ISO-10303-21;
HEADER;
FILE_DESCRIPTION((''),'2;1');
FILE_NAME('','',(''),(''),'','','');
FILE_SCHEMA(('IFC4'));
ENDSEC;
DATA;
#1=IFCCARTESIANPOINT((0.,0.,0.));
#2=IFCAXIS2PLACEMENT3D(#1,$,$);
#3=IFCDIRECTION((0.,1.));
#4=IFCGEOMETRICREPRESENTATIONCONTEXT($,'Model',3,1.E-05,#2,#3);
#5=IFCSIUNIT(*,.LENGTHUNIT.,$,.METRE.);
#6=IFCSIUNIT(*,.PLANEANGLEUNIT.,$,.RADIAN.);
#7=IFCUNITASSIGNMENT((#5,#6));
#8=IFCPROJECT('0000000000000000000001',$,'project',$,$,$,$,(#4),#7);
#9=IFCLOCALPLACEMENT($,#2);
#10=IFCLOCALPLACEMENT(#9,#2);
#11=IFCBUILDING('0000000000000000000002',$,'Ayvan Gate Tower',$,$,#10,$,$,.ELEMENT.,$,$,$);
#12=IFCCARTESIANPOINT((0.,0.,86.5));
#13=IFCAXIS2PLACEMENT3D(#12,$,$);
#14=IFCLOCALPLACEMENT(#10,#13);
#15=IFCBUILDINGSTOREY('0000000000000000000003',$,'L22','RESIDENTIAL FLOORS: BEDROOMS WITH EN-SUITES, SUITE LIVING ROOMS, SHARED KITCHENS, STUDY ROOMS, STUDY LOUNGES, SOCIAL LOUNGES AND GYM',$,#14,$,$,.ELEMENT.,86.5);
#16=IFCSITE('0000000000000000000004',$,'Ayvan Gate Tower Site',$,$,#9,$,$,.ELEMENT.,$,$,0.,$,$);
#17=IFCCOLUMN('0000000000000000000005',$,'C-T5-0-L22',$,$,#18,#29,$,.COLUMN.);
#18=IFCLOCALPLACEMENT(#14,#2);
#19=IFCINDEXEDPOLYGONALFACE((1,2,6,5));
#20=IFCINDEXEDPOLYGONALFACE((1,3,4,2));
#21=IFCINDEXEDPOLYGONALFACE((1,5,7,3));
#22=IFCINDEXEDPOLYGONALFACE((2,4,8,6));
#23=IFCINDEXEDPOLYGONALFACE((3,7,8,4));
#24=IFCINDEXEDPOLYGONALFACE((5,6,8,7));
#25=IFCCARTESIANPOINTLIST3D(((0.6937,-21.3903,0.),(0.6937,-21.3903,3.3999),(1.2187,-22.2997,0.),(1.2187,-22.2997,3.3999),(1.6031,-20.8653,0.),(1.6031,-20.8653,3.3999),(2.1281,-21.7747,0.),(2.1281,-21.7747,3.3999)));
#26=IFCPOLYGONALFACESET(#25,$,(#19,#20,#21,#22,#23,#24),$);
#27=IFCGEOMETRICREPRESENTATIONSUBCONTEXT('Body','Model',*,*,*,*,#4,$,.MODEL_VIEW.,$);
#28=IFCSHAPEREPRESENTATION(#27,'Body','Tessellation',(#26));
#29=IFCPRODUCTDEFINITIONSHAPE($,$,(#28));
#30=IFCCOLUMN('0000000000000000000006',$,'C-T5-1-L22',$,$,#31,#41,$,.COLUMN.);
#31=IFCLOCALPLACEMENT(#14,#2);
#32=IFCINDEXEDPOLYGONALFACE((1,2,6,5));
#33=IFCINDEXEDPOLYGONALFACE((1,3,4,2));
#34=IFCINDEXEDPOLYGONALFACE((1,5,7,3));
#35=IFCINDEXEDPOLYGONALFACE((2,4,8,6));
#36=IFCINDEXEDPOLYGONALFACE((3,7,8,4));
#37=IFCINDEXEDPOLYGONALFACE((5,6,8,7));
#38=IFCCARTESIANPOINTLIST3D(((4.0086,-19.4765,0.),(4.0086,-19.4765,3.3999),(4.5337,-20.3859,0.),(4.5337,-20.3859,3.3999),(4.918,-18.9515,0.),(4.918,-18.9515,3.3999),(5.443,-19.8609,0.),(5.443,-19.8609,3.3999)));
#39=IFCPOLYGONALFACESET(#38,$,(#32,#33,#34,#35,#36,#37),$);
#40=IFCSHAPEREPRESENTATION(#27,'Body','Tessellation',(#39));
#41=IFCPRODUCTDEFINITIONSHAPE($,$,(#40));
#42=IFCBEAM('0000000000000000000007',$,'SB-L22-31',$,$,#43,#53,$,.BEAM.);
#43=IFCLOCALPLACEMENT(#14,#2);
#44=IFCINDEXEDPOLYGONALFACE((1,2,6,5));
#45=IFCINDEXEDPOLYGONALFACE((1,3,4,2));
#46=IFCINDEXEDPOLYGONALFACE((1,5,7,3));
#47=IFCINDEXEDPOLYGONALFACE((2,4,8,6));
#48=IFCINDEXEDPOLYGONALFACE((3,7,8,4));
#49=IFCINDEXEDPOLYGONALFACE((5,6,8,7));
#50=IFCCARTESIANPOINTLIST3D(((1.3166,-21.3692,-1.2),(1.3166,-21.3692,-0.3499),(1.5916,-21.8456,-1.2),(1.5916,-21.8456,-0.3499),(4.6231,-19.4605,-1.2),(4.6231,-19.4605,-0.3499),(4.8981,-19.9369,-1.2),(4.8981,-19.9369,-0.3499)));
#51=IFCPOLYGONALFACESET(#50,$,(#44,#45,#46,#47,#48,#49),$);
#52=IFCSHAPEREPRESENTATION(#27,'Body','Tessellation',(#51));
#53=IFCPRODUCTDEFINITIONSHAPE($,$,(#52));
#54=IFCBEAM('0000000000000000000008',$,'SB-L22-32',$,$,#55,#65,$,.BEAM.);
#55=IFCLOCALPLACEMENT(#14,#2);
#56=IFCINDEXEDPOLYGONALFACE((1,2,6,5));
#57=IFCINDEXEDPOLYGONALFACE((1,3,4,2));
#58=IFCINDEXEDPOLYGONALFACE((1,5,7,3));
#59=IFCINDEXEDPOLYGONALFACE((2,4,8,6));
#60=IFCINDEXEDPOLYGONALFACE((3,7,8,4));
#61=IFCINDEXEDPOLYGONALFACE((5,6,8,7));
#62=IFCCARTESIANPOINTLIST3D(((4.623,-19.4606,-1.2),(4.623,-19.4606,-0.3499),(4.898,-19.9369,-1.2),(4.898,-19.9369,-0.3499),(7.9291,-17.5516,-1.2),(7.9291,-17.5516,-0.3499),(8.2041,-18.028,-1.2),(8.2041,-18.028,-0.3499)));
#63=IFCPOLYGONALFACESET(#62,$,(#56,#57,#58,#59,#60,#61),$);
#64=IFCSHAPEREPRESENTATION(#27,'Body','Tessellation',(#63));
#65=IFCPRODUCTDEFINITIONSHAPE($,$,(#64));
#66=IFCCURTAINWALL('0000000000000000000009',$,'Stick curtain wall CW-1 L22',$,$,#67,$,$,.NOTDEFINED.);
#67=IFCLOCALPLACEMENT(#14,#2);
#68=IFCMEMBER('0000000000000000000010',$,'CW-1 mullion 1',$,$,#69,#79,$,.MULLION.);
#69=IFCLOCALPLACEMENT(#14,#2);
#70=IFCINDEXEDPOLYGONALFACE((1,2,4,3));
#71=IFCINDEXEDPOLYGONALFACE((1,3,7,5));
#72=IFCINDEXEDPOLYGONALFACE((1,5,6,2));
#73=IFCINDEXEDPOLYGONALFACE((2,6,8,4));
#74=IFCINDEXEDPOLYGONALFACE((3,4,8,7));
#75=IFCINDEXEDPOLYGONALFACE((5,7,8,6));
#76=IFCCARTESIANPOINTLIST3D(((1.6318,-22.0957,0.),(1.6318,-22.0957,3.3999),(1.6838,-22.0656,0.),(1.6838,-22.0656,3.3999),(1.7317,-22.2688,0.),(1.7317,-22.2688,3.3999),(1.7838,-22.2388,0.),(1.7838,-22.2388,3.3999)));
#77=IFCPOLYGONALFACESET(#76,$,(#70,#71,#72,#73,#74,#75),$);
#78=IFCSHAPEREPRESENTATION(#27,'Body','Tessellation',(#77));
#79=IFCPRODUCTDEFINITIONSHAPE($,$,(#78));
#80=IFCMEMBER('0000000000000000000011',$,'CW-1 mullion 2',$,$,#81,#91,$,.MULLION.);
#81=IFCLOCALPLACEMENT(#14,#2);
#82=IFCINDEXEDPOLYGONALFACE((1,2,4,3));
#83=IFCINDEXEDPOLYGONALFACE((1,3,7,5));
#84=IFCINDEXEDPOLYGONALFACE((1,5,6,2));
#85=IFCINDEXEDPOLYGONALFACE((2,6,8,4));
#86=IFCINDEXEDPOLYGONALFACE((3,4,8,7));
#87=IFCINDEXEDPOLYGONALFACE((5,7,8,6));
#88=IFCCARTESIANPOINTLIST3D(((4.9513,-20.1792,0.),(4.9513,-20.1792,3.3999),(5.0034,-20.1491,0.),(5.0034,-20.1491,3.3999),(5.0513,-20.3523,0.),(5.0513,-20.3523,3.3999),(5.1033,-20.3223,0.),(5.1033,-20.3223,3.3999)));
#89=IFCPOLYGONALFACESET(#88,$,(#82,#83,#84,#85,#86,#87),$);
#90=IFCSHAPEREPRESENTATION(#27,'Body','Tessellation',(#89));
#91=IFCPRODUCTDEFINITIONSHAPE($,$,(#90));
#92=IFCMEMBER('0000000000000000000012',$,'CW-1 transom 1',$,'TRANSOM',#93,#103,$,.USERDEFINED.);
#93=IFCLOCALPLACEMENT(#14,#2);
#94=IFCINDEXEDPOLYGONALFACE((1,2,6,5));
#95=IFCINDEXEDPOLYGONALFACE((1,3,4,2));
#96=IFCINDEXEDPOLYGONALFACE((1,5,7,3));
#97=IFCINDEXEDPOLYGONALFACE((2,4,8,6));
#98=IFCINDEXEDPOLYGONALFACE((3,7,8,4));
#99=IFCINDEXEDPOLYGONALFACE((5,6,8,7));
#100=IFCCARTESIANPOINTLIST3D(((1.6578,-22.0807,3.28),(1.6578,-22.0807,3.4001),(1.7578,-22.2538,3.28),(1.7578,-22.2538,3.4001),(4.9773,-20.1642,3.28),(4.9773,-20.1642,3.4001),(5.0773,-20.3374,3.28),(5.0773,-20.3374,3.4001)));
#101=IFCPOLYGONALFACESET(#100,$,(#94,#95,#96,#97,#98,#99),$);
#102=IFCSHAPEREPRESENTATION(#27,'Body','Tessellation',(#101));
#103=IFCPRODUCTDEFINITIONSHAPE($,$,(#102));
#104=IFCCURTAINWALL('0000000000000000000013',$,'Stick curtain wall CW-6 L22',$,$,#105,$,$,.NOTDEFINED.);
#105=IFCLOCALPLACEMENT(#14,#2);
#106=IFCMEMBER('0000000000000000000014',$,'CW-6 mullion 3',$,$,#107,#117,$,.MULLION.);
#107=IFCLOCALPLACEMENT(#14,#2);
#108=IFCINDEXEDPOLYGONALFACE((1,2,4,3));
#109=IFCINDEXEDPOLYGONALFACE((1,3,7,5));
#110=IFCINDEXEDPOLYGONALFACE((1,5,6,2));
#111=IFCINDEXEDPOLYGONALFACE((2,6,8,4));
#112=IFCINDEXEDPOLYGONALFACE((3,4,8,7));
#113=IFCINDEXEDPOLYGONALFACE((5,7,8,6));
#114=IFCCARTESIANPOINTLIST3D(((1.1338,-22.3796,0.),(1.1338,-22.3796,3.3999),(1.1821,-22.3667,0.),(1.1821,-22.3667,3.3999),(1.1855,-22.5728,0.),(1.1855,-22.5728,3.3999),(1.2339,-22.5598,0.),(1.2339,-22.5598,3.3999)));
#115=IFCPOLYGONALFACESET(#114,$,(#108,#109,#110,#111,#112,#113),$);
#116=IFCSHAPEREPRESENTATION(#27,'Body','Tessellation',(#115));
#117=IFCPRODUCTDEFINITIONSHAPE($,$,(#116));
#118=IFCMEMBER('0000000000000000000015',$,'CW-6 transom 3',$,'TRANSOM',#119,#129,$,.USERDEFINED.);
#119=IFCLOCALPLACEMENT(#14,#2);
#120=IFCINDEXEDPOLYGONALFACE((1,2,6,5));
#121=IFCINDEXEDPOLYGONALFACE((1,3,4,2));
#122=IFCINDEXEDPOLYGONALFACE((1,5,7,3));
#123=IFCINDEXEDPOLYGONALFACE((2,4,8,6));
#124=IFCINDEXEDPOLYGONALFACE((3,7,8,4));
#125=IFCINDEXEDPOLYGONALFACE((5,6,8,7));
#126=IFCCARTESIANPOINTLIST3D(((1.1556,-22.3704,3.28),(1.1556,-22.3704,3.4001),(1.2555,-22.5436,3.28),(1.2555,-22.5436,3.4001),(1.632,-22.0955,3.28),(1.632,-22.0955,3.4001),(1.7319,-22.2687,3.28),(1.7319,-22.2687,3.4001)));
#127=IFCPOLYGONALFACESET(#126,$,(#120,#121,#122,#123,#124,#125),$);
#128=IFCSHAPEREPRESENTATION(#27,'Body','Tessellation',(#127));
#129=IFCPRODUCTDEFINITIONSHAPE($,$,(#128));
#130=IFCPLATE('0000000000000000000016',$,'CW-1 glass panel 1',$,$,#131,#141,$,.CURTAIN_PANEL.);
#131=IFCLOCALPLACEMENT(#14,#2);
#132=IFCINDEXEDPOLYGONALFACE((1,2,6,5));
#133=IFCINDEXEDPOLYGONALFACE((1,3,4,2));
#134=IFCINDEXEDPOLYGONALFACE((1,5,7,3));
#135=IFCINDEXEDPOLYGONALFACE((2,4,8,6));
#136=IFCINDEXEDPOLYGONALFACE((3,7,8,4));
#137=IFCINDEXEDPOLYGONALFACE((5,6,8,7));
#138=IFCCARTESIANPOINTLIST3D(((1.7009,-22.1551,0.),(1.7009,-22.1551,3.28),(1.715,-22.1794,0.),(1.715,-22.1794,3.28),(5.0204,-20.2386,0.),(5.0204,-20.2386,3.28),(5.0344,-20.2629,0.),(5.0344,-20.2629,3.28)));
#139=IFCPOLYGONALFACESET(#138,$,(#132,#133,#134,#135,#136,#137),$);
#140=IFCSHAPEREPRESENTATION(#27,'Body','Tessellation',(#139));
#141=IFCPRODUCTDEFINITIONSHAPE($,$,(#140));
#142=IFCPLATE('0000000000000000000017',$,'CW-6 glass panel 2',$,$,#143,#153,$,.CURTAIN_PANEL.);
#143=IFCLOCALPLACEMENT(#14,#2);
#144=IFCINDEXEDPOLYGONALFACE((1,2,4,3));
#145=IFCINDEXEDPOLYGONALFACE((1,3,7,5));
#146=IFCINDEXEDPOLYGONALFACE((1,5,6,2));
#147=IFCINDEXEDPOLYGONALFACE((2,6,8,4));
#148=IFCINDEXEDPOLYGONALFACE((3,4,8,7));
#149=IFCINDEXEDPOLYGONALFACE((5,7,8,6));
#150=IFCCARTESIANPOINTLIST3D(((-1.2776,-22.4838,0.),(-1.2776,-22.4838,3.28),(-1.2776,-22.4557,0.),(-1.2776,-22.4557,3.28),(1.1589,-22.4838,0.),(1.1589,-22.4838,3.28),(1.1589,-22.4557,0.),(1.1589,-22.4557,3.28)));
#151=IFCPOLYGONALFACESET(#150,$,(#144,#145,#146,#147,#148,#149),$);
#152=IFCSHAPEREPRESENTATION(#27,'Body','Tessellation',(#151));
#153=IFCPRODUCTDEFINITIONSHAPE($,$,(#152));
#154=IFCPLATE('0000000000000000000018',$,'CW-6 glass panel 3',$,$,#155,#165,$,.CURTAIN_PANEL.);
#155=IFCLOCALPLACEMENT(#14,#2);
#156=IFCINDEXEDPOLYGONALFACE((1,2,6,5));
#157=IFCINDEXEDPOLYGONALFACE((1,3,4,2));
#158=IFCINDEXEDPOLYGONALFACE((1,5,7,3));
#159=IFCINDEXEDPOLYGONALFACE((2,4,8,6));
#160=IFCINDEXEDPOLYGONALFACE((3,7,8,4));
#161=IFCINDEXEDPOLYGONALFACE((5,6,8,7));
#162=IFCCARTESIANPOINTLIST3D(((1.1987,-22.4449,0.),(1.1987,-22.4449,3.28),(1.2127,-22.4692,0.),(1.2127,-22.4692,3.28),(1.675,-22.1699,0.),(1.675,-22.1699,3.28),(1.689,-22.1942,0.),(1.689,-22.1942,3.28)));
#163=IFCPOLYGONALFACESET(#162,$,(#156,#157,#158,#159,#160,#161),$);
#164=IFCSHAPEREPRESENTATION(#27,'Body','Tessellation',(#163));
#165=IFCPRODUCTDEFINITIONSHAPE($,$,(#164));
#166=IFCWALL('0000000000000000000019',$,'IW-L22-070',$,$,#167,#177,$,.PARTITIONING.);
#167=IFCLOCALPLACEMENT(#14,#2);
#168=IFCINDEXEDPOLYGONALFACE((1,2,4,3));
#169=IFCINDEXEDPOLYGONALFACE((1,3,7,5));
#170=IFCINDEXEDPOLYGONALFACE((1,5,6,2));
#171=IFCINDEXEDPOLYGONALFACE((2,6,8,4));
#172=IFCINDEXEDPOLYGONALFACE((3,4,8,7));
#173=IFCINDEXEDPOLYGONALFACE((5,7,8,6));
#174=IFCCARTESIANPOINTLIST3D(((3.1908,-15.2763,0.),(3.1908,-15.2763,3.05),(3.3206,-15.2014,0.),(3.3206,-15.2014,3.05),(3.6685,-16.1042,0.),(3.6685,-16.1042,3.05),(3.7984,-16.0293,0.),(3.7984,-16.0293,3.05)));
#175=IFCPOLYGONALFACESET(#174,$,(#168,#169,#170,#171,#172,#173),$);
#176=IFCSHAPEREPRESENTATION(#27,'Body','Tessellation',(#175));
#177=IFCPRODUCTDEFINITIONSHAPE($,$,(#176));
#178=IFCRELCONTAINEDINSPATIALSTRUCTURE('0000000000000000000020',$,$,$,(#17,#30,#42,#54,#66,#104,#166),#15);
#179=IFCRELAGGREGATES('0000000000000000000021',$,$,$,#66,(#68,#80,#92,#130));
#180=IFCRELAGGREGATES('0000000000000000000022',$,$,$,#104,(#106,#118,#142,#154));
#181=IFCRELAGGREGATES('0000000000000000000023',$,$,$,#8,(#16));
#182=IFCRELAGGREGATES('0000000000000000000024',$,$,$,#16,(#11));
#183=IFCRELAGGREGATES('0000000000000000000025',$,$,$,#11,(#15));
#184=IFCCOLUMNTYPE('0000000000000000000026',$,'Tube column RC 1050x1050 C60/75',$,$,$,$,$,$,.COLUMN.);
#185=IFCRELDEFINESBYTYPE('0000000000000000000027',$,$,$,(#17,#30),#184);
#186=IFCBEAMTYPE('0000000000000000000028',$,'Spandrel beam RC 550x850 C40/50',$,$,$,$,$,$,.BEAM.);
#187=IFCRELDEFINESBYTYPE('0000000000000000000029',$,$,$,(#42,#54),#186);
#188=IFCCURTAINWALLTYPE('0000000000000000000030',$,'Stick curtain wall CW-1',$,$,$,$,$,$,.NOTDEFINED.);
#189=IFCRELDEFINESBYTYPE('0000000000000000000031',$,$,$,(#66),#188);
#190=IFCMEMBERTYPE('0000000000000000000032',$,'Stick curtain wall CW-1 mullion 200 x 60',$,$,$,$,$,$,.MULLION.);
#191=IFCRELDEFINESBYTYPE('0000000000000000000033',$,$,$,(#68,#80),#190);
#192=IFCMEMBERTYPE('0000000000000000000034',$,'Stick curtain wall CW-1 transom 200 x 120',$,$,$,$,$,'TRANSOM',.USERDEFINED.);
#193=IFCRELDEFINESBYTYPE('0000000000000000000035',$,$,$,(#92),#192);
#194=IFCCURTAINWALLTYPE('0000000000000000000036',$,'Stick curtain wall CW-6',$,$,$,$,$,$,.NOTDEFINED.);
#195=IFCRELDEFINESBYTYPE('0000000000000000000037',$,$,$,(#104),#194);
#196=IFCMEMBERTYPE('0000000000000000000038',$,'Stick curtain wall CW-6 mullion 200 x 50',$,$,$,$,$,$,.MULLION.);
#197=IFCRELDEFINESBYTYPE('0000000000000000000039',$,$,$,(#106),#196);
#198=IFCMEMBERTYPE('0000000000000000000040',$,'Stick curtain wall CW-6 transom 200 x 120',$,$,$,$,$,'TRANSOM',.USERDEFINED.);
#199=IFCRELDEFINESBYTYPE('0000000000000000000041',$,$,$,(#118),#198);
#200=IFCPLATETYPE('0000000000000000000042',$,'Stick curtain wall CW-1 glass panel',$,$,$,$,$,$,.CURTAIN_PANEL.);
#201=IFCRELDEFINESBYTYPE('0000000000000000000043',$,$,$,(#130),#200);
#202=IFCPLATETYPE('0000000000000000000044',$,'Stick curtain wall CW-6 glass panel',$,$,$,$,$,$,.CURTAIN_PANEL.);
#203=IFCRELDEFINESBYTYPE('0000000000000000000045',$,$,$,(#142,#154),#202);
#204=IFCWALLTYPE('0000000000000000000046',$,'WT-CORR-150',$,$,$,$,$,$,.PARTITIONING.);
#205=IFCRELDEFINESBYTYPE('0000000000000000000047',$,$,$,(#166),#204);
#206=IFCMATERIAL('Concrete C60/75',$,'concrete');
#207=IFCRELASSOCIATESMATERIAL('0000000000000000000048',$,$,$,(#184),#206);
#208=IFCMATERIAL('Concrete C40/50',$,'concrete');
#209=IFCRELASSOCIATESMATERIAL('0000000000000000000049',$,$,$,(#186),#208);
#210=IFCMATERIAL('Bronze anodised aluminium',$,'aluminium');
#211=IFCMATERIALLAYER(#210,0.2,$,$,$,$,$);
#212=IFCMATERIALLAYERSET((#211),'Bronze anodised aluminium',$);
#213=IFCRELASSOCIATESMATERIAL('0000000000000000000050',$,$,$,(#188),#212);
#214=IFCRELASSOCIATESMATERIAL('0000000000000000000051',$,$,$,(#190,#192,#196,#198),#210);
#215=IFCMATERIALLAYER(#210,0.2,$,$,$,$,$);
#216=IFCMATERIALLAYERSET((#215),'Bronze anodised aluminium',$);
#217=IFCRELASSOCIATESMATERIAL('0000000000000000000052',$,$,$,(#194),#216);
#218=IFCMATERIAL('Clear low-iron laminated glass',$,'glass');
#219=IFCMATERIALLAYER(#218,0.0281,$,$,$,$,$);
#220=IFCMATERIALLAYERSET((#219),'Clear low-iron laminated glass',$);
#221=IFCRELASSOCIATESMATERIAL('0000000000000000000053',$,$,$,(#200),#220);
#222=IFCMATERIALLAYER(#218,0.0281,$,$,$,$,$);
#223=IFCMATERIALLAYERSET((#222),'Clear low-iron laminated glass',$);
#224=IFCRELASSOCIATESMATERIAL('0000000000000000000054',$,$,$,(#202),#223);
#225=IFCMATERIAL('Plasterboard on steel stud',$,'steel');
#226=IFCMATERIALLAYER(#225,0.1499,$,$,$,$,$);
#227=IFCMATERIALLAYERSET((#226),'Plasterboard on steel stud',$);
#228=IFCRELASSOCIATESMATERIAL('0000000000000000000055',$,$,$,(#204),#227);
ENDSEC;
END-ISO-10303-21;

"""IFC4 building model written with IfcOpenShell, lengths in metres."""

from ifc_helpers import new_model, si_unit, direction, frame, frame_2d, origin, origin_2d, place, context, subcontext, project, spatial, rectangle, extrude, material, layer, layer_set, material_profile, profile_set, type_object, element, aggregate, save


model = new_model("IFC4")

# Units and contexts
model_context = context("Model", 3, precision=1e-05, world=origin(), true_north=direction((0.0, 1.0)))
body_context = subcontext(model_context, "Body", "Model", "MODEL_VIEW")
ifc_project = project(units=[si_unit("LENGTHUNIT", "METRE"), si_unit("PLANEANGLEUNIT", "RADIAN")], contexts=[model_context])

# Site, building, storey
site_placement = place(None, origin())
site = spatial("IfcSite", under=ifc_project, at=site_placement, Name="Ayvan Gate Tower Site", CompositionType="ELEMENT", RefElevation=0.0)
building_placement = place(site_placement, origin())
building = spatial("IfcBuilding", under=site, at=building_placement, Name="Ayvan Gate Tower", CompositionType="ELEMENT")
storey_placement = place(building_placement, frame((0.0, 0.0, 86.5)))
storey = spatial("IfcBuildingStorey", under=building, at=storey_placement, Name="L22", Description="RESIDENTIAL FLOORS: BEDROOMS WITH EN-SUITES, SUITE LIVING ROOMS, SHARED KITCHENS, STUDY ROOMS, STUDY LOUNGES, SOCIAL LOUNGES AND GYM", CompositionType="ELEMENT", Elevation=86.5)

# Columns
ifc_material_1 = material(Name="Concrete C60/75", Category="concrete")
ifc_material_profile_1 = material_profile(ifc_material_1, rectangle(XDim=1.05, YDim=1.05, at=origin_2d()), Name="RC 1050x1050")
ifc_profile_set_1 = profile_set([ifc_material_profile_1], Name="Concrete C60/75")
column_type = type_object("IfcColumnType", Name="Tube column RC 1050x1050 C60/75", PredefinedType="COLUMN", material=ifc_profile_set_1)
for number, where, z_axis, x_axis, name in (
    (1, (1.4109, -21.5825, 0.0), (0.0, 0.0, 1.0), (0.5, -0.866025, 0.0), "C-T5-0-L22"),
    (2, (4.7258, -19.6687, 0.0), (0.0, 0.0, 1.0), (0.5, -0.866025, 0.0), "C-T5-1-L22"),
):
    element("IfcColumn", number, at=place(storey_placement, frame(where, z_axis=z_axis, x_axis=x_axis)), inside=storey, type_object=column_type, Name=name, PredefinedType="COLUMN", context=body_context, shape_type="SweptSolid", body=[
        extrude(rectangle(XDim=1.05, YDim=1.05, at=origin_2d()), origin(), (0.0, 0.0, 1.0), 3.3999),
    ])

# Beams
ifc_material_2 = material(Name="Concrete C40/50", Category="concrete")
ifc_material_profile_2 = material_profile(ifc_material_2, rectangle(XDim=0.55, YDim=0.8501, at=origin_2d()), Name="RC 550x850")
ifc_profile_set_2 = profile_set([ifc_material_profile_2], Name="Concrete C40/50")
beam_type = type_object("IfcBeamType", Name="Spandrel beam RC 550x850 C40/50", PredefinedType="BEAM", material=ifc_profile_set_2)
beam_1_placement = place(storey_placement, frame((1.4541, -21.6074, -0.7749), z_axis=(0.866055, 0.499949, 0.0), x_axis=(-0.499949, 0.866055, 0.0)))
element("IfcBeam", 3, at=beam_1_placement, inside=storey, type_object=beam_type, Name="SB-L22-31", PredefinedType="BEAM", context=body_context, shape_type="SweptSolid", body=[
    extrude(rectangle(XDim=0.55, YDim=0.8501, at=origin_2d()), origin(), (0.0, 0.0, 1.0), 3.8179),
])
beam_2_placement = place(storey_placement, frame((4.7605, -19.6987, -0.7749), z_axis=(0.866011, 0.500025, 0.0), x_axis=(-0.500025, 0.866011, 0.0)))
element("IfcBeam", 4, at=beam_2_placement, inside=storey, type_object=beam_type, Name="SB-L22-32", PredefinedType="BEAM", context=body_context, shape_type="SweptSolid", body=[
    extrude(rectangle(XDim=0.55, YDim=0.8501, at=origin_2d()), origin(), (0.0, 0.0, 1.0), 3.8176),
])

# Curtain walls, members
ifc_material_3 = material(Name="Bronze anodised aluminium", Category="aluminium")
ifc_layer_1 = layer(ifc_material_3, 0.2)
ifc_layer_set_1 = layer_set([ifc_layer_1], Name="Bronze anodised aluminium")
curtain_wall_type_1 = type_object("IfcCurtainWallType", Name="Stick curtain wall CW-1", PredefinedType="NOTDEFINED", material=ifc_layer_set_1)
curtain_wall_1_placement = place(storey_placement, origin())
curtain_wall_1 = element("IfcCurtainWall", 5, at=curtain_wall_1_placement, inside=storey, type_object=curtain_wall_type_1, Name="Stick curtain wall CW-1 L22", PredefinedType="NOTDEFINED")
ifc_material_profile_3 = material_profile(ifc_material_3, rectangle(XDim=0.2, YDim=0.0601, at=origin_2d()), Name="Stick curtain wall CW-1 mullion 200 x 60")
ifc_profile_set_3 = profile_set([ifc_material_profile_3], Name="Bronze anodised aluminium")
member_type_1 = type_object("IfcMemberType", Name="Stick curtain wall CW-1 mullion 200 x 60", PredefinedType="MULLION", material=ifc_profile_set_3)
member_1_placement = place(storey_placement, frame((1.7078, -22.1672, 0.0), z_axis=(0.0, 0.0, 1.0), x_axis=(0.5, -0.866025, 0.0)))
member_1 = element("IfcMember", 6, at=member_1_placement, type_object=member_type_1, Name="CW-1 mullion 1", PredefinedType="MULLION", context=body_context, shape_type="SweptSolid", body=[
    extrude(rectangle(XDim=0.2, YDim=0.0601, at=origin_2d()), origin(), (0.0, 0.0, 1.0), 3.3999),
])
member_2_placement = place(storey_placement, frame((5.0273, -20.2507, 0.0), z_axis=(0.0, 0.0, 1.0), x_axis=(0.5, -0.866025, 0.0)))
member_2 = element("IfcMember", 7, at=member_2_placement, type_object=member_type_1, Name="CW-1 mullion 2", PredefinedType="MULLION", context=body_context, shape_type="SweptSolid", body=[
    extrude(rectangle(XDim=0.2, YDim=0.0601, at=origin_2d()), origin(), (0.0, 0.0, 1.0), 3.3999),
])
ifc_material_profile_4 = material_profile(ifc_material_3, rectangle(XDim=0.2, YDim=0.1201, at=origin_2d()), Name="Stick curtain wall CW-1 transom 200 x 120")
ifc_profile_set_4 = profile_set([ifc_material_profile_4], Name="Bronze anodised aluminium")
member_type_2 = type_object("IfcMemberType", Name="Stick curtain wall CW-1 transom 200 x 120", ElementType="TRANSOM", PredefinedType="USERDEFINED", material=ifc_profile_set_4)
member_3_placement = place(storey_placement, frame((1.7078, -22.1672, 3.3401), z_axis=(0.866032, 0.499989, 0.0), x_axis=(-0.499989, 0.866032, 0.0)))
member_3 = element("IfcMember", 8, at=member_3_placement, type_object=member_type_2, Name="CW-1 transom 1", ObjectType="TRANSOM", PredefinedType="USERDEFINED", context=body_context, shape_type="SweptSolid", body=[
    extrude(rectangle(XDim=0.2, YDim=0.1201, at=origin_2d()), origin(), (0.0, 0.0, 1.0), 3.833),
])
ifc_layer_2 = layer(ifc_material_3, 0.2)
ifc_layer_set_2 = layer_set([ifc_layer_2], Name="Bronze anodised aluminium")
curtain_wall_type_2 = type_object("IfcCurtainWallType", Name="Stick curtain wall CW-6", PredefinedType="NOTDEFINED", material=ifc_layer_set_2)
curtain_wall_2_placement = place(storey_placement, origin())
curtain_wall_2 = element("IfcCurtainWall", 9, at=curtain_wall_2_placement, inside=storey, type_object=curtain_wall_type_2, Name="Stick curtain wall CW-6 L22", PredefinedType="NOTDEFINED")
ifc_material_profile_5 = material_profile(ifc_material_3, rectangle(XDim=0.2, YDim=0.05, at=origin_2d()), Name="Stick curtain wall CW-6 mullion 200 x 50")
ifc_profile_set_5 = profile_set([ifc_material_profile_5], Name="Bronze anodised aluminium")
member_type_3 = type_object("IfcMemberType", Name="Stick curtain wall CW-6 mullion 200 x 50", PredefinedType="MULLION", material=ifc_profile_set_5)
member_4_placement = place(storey_placement, frame((1.1838, -22.4697, 0.0), z_axis=(0.0, 0.0, 1.0), x_axis=(0.258819, -0.965926, 0.0)))
member_4 = element("IfcMember", 10, at=member_4_placement, type_object=member_type_3, Name="CW-6 mullion 3", PredefinedType="MULLION", context=body_context, shape_type="SweptSolid", body=[
    extrude(rectangle(XDim=0.2, YDim=0.05, at=origin_2d()), origin(), (0.0, 0.0, 1.0), 3.3999),
])
ifc_material_profile_6 = material_profile(ifc_material_3, rectangle(XDim=0.2, YDim=0.1201, at=origin_2d()), Name="Stick curtain wall CW-6 transom 200 x 120")
ifc_profile_set_6 = profile_set([ifc_material_profile_6], Name="Bronze anodised aluminium")
member_type_4 = type_object("IfcMemberType", Name="Stick curtain wall CW-6 transom 200 x 120", ElementType="TRANSOM", PredefinedType="USERDEFINED", material=ifc_profile_set_6)
member_5_placement = place(storey_placement, frame((1.2056, -22.457, 3.3401), z_axis=(0.866104, 0.499863, 0.0), x_axis=(-0.499863, 0.866104, 0.0)))
member_5 = element("IfcMember", 11, at=member_5_placement, type_object=member_type_4, Name="CW-6 transom 3", ObjectType="TRANSOM", PredefinedType="USERDEFINED", context=body_context, shape_type="SweptSolid", body=[
    extrude(rectangle(XDim=0.2, YDim=0.1201, at=origin_2d()), origin(), (0.0, 0.0, 1.0), 0.55),
])

# Plates
ifc_material_4 = material(Name="Clear low-iron laminated glass", Category="glass")
ifc_layer_3 = layer(ifc_material_4, 0.0281)
ifc_layer_set_3 = layer_set([ifc_layer_3], Name="Clear low-iron laminated glass")
plate_type_1 = type_object("IfcPlateType", Name="Stick curtain wall CW-1 glass panel", PredefinedType="CURTAIN_PANEL", material=ifc_layer_set_3)
plate_1_placement = place(storey_placement, frame((3.3677, -21.209, 0.0), z_axis=(0.0, 0.0, 1.0), x_axis=(0.866025, 0.5, 0.0)))
plate_1 = element("IfcPlate", 12, at=plate_1_placement, type_object=plate_type_1, Name="CW-1 glass panel 1", PredefinedType="CURTAIN_PANEL", context=body_context, shape_type="SweptSolid", body=[
    extrude(rectangle(XDim=3.833, YDim=0.0281, at=origin_2d()), origin(), (0.0, 0.0, 1.0), 3.28),
])
aggregate(curtain_wall_1, [member_1, member_2, member_3, plate_1])
ifc_layer_4 = layer(ifc_material_4, 0.0281)
ifc_layer_set_4 = layer_set([ifc_layer_4], Name="Clear low-iron laminated glass")
plate_type_2 = type_object("IfcPlateType", Name="Stick curtain wall CW-6 glass panel", PredefinedType="CURTAIN_PANEL", material=ifc_layer_set_4)
plate_2_placement = place(storey_placement, frame((-0.0593, -22.4697, 0.0), z_axis=(0.0, 0.0, 1.0), x_axis=(1.0, 0.0, 0.0)))
plate_2 = element("IfcPlate", 13, at=plate_2_placement, type_object=plate_type_2, Name="CW-6 glass panel 2", PredefinedType="CURTAIN_PANEL", context=body_context, shape_type="SweptSolid", body=[
    extrude(rectangle(XDim=2.4365, YDim=0.0281, at=origin_2d()), origin(), (0.0, 0.0, 1.0), 3.28),
])
plate_3_placement = place(storey_placement, frame((1.4438, -22.3196, 0.0), z_axis=(0.0, 0.0, 1.0), x_axis=(0.866025, 0.5, 0.0)))
plate_3 = element("IfcPlate", 14, at=plate_3_placement, type_object=plate_type_2, Name="CW-6 glass panel 3", PredefinedType="CURTAIN_PANEL", context=body_context, shape_type="SweptSolid", body=[
    extrude(rectangle(XDim=0.55, YDim=0.0281, at=origin_2d()), origin(), (0.0, 0.0, 1.0), 3.28),
])
aggregate(curtain_wall_2, [member_4, member_5, plate_2, plate_3])

# Wall
ifc_material_5 = material(Name="Plasterboard on steel stud", Category="steel")
ifc_layer_5 = layer(ifc_material_5, 0.1499)
ifc_layer_set_5 = layer_set([ifc_layer_5], Name="Plasterboard on steel stud")
wall_type_1 = type_object("IfcWallType", Name="WT-CORR-150", PredefinedType="PARTITIONING", material=ifc_layer_set_5)
wall_1_placement = place(storey_placement, frame((3.2556, -15.2388, 0.0), z_axis=(0.0, 0.0, 1.0), x_axis=(0.499848, -0.866113, 0.0)))
element("IfcWall", 15, at=wall_1_placement, inside=storey, type_object=wall_type_1, Name="IW-L22-070", PredefinedType="PARTITIONING", context=body_context, shape_type="SweptSolid", body=[
    extrude(rectangle(XDim=0.9558, YDim=0.1499, at=frame_2d((0.478, 0.0))), origin(), (0.0, 0.0, 1.0), 3.05),
])

save(model, "model.ifc")
